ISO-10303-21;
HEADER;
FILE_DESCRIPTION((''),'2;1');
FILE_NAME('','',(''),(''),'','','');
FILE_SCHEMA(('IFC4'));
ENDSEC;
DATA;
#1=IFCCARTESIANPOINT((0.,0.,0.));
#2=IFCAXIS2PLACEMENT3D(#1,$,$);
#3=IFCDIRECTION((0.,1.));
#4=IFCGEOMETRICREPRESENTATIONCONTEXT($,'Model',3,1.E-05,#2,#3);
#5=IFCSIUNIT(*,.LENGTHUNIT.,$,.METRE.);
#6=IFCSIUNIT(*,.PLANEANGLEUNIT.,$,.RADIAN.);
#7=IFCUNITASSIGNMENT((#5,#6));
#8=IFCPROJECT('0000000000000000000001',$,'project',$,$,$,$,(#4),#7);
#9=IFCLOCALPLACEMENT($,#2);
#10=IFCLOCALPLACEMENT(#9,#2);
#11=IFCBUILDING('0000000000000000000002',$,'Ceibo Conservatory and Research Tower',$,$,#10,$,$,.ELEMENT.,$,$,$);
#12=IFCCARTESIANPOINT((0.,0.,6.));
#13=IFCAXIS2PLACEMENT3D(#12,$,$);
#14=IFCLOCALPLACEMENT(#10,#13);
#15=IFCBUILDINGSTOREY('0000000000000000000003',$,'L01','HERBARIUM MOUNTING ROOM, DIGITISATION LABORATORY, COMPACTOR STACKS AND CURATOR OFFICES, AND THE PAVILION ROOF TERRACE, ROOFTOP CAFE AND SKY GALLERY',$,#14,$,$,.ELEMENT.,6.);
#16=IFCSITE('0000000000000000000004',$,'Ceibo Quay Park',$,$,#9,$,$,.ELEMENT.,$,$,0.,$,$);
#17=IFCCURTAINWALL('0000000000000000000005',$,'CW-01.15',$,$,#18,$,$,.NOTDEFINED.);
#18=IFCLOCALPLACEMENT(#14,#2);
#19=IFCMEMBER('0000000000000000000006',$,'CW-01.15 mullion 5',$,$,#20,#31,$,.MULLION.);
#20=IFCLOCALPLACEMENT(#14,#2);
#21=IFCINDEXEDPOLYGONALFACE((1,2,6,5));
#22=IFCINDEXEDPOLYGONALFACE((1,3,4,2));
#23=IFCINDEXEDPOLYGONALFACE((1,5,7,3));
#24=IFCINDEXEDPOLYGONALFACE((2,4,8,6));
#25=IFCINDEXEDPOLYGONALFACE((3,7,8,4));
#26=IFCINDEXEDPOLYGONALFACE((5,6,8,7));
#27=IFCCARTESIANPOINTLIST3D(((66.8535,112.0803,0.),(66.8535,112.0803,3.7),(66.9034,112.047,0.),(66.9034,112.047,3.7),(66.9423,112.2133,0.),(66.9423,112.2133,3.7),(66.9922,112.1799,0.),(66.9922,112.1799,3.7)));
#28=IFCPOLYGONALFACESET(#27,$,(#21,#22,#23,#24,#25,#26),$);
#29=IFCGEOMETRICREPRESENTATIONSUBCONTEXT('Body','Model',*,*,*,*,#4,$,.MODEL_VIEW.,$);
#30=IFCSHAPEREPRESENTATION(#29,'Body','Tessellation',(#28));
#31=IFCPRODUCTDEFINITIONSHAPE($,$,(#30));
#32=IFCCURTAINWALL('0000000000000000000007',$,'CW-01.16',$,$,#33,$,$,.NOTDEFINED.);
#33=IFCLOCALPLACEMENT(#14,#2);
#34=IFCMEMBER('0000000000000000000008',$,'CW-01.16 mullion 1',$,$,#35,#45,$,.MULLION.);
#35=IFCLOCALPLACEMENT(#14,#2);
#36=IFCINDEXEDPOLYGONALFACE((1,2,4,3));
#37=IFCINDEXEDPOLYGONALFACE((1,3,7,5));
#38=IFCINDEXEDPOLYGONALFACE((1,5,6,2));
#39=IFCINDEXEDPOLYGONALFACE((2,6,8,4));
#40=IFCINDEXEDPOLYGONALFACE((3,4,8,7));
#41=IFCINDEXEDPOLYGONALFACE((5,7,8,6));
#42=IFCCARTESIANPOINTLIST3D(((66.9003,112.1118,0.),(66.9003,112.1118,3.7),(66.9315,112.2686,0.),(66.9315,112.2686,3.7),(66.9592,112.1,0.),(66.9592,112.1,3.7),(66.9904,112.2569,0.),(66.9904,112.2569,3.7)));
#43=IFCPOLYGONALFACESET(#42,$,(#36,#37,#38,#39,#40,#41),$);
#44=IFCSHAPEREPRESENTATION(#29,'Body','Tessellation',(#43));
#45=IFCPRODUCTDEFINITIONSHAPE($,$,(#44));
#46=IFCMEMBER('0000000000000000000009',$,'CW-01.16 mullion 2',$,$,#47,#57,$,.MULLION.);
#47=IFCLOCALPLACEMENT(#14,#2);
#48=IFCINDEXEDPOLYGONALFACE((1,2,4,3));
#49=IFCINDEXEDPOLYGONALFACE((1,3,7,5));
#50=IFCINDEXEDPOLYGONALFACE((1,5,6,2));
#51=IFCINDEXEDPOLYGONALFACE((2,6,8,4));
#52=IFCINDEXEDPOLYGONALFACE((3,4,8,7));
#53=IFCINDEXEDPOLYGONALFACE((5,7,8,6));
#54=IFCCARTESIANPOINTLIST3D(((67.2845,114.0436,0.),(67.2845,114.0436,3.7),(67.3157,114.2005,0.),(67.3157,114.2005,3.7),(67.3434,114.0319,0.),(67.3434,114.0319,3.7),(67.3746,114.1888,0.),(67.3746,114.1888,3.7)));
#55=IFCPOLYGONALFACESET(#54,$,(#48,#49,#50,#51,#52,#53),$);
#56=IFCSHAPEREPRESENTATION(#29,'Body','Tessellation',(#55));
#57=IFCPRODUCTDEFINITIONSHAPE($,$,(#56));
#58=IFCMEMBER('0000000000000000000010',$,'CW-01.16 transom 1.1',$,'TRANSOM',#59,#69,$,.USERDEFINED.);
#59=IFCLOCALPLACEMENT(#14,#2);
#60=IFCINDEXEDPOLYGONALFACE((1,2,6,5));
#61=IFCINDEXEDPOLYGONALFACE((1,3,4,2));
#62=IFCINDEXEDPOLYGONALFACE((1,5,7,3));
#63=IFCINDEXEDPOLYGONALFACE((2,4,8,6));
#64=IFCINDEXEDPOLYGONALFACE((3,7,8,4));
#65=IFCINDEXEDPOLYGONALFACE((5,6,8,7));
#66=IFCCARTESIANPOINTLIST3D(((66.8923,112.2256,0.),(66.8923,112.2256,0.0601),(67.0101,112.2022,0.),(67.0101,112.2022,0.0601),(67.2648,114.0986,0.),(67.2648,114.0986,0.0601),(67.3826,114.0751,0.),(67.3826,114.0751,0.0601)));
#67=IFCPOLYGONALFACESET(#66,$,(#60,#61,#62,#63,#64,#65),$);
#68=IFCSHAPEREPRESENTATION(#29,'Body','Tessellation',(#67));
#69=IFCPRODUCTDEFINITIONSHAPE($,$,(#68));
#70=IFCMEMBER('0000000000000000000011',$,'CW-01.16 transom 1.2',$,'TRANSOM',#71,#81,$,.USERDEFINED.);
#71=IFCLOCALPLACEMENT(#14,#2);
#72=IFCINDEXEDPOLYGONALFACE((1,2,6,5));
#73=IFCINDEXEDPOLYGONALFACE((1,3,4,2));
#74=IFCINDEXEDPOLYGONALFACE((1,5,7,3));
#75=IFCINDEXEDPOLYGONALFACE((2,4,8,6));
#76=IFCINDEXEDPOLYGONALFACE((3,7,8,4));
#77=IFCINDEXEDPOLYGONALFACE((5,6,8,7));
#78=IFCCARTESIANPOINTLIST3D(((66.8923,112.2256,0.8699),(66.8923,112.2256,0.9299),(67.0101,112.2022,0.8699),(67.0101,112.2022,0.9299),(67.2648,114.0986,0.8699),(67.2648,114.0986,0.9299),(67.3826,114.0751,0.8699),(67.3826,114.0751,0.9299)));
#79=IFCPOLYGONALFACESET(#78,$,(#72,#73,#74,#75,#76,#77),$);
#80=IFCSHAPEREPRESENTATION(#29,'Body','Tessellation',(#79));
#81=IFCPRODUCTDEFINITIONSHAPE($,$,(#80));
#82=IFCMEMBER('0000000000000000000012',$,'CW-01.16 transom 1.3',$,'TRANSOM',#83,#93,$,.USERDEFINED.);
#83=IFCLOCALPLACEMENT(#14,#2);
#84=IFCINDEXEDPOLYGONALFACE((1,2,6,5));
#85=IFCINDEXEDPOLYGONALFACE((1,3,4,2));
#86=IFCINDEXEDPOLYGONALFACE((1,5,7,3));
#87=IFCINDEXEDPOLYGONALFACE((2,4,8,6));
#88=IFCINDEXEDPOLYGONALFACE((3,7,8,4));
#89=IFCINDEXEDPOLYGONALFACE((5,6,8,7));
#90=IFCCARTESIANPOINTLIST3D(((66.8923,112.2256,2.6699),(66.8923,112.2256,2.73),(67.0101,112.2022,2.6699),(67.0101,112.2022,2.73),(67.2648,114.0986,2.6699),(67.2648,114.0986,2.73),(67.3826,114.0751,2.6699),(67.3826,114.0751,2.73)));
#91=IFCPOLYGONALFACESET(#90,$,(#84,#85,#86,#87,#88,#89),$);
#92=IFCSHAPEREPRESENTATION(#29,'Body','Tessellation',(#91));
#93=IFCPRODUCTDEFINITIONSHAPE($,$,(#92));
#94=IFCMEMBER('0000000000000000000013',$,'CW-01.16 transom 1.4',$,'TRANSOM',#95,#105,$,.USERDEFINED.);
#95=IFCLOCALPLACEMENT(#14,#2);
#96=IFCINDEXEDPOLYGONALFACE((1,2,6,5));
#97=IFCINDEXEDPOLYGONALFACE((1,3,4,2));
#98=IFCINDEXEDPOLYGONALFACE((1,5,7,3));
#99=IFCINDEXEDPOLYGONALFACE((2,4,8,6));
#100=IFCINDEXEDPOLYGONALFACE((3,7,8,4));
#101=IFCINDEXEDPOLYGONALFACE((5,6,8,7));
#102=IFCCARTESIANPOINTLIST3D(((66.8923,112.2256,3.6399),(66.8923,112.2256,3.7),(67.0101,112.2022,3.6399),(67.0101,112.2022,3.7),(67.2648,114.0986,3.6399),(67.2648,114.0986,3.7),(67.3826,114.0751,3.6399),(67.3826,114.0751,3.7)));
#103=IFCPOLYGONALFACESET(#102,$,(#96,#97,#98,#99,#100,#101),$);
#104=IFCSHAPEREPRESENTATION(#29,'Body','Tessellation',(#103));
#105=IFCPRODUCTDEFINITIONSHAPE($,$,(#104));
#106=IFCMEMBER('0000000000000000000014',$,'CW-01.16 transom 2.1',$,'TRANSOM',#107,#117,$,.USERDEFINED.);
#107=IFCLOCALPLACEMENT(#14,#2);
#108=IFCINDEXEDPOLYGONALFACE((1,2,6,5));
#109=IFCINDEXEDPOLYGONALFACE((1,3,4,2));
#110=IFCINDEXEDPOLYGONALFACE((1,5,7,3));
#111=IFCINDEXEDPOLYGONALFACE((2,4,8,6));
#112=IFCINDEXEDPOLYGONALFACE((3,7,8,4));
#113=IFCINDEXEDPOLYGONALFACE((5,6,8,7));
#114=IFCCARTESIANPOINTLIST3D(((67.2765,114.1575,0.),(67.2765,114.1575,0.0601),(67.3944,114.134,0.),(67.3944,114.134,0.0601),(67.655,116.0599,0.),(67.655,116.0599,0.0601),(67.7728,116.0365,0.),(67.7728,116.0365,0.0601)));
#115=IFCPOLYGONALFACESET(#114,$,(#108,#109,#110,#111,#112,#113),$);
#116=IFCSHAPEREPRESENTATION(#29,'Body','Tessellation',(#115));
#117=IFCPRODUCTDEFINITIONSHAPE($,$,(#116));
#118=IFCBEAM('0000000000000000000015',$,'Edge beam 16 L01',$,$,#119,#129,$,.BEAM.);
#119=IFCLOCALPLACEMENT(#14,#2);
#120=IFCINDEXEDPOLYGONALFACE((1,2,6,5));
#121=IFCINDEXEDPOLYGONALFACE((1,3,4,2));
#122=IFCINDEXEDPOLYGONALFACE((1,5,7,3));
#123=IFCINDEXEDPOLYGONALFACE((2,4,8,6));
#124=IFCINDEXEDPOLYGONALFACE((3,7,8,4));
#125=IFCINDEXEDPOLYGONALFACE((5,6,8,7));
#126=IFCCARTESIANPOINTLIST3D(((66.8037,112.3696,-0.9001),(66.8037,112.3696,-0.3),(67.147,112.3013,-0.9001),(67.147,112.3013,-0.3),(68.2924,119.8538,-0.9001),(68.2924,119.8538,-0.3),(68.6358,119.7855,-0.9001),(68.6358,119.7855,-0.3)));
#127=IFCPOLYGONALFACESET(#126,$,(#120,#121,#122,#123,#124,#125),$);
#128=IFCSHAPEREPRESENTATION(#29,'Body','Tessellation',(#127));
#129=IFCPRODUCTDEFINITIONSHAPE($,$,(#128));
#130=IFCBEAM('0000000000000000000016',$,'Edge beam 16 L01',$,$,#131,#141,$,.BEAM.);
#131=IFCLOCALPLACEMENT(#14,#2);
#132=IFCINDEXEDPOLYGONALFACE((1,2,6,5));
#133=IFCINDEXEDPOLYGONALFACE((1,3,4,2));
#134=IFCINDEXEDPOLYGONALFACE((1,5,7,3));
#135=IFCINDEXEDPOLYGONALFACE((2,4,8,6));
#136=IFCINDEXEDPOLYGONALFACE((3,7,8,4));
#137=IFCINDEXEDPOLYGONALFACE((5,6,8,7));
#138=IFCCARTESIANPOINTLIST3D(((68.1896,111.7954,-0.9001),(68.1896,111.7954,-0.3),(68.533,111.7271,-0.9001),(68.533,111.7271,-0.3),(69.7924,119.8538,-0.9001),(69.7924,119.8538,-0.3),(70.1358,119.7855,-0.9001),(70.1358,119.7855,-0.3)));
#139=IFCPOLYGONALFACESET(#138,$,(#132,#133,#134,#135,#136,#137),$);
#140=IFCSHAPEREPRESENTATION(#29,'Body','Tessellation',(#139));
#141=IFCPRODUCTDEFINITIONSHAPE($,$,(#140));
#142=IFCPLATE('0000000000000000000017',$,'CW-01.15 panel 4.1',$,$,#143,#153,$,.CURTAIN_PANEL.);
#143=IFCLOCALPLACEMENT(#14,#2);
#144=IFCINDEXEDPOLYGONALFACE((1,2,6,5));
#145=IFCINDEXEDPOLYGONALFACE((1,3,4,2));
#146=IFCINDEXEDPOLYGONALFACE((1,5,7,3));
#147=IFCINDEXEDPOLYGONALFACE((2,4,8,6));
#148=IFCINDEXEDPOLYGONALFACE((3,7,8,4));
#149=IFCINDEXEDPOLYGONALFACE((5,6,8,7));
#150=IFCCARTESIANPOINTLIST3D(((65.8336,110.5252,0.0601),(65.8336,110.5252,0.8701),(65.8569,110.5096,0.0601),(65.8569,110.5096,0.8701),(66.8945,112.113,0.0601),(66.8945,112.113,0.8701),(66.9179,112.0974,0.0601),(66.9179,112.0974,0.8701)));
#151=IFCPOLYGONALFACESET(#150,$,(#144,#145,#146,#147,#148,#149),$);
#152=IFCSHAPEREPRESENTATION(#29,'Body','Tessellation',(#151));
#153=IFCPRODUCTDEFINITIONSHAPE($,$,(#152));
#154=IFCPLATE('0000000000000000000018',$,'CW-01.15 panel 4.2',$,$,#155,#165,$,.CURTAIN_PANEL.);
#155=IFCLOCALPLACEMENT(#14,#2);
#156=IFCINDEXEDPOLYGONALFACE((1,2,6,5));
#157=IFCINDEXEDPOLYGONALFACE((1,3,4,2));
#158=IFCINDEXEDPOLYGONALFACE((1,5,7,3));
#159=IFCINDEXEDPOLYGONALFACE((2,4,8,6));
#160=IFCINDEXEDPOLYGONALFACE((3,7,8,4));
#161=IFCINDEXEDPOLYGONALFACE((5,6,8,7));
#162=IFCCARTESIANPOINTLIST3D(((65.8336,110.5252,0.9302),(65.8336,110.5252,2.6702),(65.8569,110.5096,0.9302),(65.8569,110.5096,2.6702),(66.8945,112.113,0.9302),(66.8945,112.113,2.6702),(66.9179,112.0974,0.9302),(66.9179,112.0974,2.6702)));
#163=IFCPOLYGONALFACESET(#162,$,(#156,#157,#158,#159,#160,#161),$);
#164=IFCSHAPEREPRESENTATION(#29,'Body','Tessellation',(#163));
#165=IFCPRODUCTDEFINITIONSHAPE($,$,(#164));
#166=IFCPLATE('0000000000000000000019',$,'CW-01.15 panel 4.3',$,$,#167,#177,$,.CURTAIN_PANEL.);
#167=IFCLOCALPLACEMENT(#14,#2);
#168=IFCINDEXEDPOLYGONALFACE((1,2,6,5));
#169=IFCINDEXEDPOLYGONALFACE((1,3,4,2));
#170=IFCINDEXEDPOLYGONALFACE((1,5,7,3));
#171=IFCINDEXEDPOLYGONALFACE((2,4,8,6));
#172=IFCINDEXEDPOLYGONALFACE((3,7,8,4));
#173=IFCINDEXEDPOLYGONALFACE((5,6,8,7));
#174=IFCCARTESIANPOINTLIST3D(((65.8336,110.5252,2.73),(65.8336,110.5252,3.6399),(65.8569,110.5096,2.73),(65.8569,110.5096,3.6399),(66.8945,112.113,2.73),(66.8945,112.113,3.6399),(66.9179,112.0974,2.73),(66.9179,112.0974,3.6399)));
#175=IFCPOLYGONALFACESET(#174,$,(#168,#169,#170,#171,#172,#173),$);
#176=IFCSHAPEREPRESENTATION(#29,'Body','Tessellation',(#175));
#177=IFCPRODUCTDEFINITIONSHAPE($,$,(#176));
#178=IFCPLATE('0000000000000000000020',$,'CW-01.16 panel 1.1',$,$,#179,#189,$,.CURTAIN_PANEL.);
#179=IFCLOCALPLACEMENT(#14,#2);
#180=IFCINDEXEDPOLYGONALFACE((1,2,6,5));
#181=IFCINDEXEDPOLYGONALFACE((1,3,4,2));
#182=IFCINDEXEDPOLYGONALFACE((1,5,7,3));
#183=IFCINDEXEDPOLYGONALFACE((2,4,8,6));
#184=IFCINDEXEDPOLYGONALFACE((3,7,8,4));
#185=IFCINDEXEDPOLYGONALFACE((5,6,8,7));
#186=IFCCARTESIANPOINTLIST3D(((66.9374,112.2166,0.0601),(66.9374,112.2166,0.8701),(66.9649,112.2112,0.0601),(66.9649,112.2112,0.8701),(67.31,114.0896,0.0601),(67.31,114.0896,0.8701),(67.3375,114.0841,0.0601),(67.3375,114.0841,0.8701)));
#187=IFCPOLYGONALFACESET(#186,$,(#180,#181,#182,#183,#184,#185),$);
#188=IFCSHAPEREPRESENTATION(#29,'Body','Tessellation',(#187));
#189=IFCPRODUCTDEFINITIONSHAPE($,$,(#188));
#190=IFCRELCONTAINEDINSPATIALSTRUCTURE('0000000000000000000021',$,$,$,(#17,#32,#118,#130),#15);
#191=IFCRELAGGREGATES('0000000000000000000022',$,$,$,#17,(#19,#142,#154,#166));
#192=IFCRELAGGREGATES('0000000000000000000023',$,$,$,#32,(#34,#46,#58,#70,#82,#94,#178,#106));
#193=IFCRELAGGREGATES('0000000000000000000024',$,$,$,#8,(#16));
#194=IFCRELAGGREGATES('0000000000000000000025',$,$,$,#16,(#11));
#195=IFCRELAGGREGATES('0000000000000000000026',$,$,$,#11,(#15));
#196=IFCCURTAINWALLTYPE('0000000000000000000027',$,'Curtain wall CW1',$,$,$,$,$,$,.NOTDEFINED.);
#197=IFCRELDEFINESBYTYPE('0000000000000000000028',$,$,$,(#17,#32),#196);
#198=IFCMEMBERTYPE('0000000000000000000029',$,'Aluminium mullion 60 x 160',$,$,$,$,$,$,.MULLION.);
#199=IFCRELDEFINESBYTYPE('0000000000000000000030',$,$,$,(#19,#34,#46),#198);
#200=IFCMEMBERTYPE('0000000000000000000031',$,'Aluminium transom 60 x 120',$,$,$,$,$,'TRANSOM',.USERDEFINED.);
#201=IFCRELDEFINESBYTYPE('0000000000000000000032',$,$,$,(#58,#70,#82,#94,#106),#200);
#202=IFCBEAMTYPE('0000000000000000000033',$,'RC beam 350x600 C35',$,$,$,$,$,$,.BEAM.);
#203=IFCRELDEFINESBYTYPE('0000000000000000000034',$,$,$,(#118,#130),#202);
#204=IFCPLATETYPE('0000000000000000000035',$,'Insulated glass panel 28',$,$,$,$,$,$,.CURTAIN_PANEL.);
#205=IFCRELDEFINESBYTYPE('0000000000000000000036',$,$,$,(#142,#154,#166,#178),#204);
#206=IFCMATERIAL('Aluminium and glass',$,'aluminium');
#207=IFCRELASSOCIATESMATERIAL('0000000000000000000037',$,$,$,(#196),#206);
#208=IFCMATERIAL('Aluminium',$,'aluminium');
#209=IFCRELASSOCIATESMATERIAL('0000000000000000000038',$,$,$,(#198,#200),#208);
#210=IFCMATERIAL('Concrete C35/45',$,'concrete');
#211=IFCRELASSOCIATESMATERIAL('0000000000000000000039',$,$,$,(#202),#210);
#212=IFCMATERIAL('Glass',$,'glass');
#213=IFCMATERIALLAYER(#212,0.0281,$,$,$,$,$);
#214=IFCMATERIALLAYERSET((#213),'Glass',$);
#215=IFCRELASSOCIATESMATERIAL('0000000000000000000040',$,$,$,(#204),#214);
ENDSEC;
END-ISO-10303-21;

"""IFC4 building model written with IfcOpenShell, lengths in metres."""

from ifc_helpers import new_model, si_unit, direction, frame, origin, origin_2d, place, context, subcontext, project, spatial, rectangle, extrude, material, layer, layer_set, material_profile, profile_set, type_object, element, aggregate, save


model = new_model("IFC4")

# Units and contexts
model_context = context("Model", 3, precision=1e-05, world=origin(), true_north=direction((0.0, 1.0)))
body_context = subcontext(model_context, "Body", "Model", "MODEL_VIEW")
ifc_project = project(units=[si_unit("LENGTHUNIT", "METRE"), si_unit("PLANEANGLEUNIT", "RADIAN")], contexts=[model_context])

# Site, building, storey
site_placement = place(None, origin())
site = spatial("IfcSite", under=ifc_project, at=site_placement, Name="Ceibo Quay Park", CompositionType="ELEMENT", RefElevation=0.0)
building_placement = place(site_placement, origin())
building = spatial("IfcBuilding", under=site, at=building_placement, Name="Ceibo Conservatory and Research Tower", CompositionType="ELEMENT")
storey_placement = place(building_placement, frame((0.0, 0.0, 6.0)))
storey = spatial("IfcBuildingStorey", under=building, at=storey_placement, Name="L01", Description="HERBARIUM MOUNTING ROOM, DIGITISATION LABORATORY, COMPACTOR STACKS AND CURATOR OFFICES, AND THE PAVILION ROOF TERRACE, ROOFTOP CAFE AND SKY GALLERY", CompositionType="ELEMENT", Elevation=6.0)

# Curtain wall, member
ifc_material_1 = material(Name="Aluminium and glass", Category="aluminium")
curtain_wall_type = type_object("IfcCurtainWallType", Name="Curtain wall CW1", PredefinedType="NOTDEFINED", material=ifc_material_1)
curtain_wall_1_placement = place(storey_placement, origin())
curtain_wall_1 = element("IfcCurtainWall", 1, at=curtain_wall_1_placement, inside=storey, type_object=curtain_wall_type, Name="CW-01.15", PredefinedType="NOTDEFINED")
ifc_material_2 = material(Name="Aluminium", Category="aluminium")
ifc_material_profile_1 = material_profile(ifc_material_2, rectangle(XDim=0.0601, YDim=0.1599, at=origin_2d()), Name="Aluminium 60 x 160")
ifc_profile_set_1 = profile_set([ifc_material_profile_1], Name="Aluminium")
member_type_1 = type_object("IfcMemberType", Name="Aluminium mullion 60 x 160", PredefinedType="MULLION", material=ifc_profile_set_1)
member_1_placement = place(storey_placement, frame((66.9229, 112.1301, 0.0), z_axis=(0.0, 0.0, 1.0), x_axis=(-0.83147, 0.55557, 0.0)))
member_1 = element("IfcMember", 2, at=member_1_placement, type_object=member_type_1, Name="CW-01.15 mullion 5", PredefinedType="MULLION", context=body_context, shape_type="SweptSolid", body=[
    extrude(rectangle(XDim=0.0601, YDim=0.1599, at=origin_2d()), origin(), (0.0, 0.0, 1.0), 3.7),
])

# Curtain wall, members
curtain_wall_2_placement = place(storey_placement, origin())
curtain_wall_2 = element("IfcCurtainWall", 3, at=curtain_wall_2_placement, inside=storey, type_object=curtain_wall_type, Name="CW-01.16", PredefinedType="NOTDEFINED")
member_2_placement = place(storey_placement, frame((66.9453, 112.1843, 0.0), z_axis=(0.0, 0.0, 1.0), x_axis=(-0.980785, 0.19509, 0.0)))
member_2 = element("IfcMember", 4, at=member_2_placement, type_object=member_type_1, Name="CW-01.16 mullion 1", PredefinedType="MULLION", context=body_context, shape_type="SweptSolid", body=[
    extrude(rectangle(XDim=0.0601, YDim=0.1599, at=origin_2d()), origin(), (0.0, 0.0, 1.0), 3.7),
])
member_3_placement = place(storey_placement, frame((67.3296, 114.1162, 0.0), z_axis=(0.0, 0.0, 1.0), x_axis=(-0.980785, 0.19509, 0.0)))
member_3 = element("IfcMember", 5, at=member_3_placement, type_object=member_type_1, Name="CW-01.16 mullion 2", PredefinedType="MULLION", context=body_context, shape_type="SweptSolid", body=[
    extrude(rectangle(XDim=0.0601, YDim=0.1599, at=origin_2d()), origin(), (0.0, 0.0, 1.0), 3.7),
])
ifc_material_profile_2 = material_profile(ifc_material_2, rectangle(XDim=0.1201, YDim=0.0601, at=origin_2d()), Name="Aluminium 60 x 120")
ifc_profile_set_2 = profile_set([ifc_material_profile_2], Name="Aluminium")
member_type_2 = type_object("IfcMemberType", Name="Aluminium transom 60 x 120", ElementType="TRANSOM", PredefinedType="USERDEFINED", material=ifc_profile_set_2)
member_4_placement = place(storey_placement, frame((66.9512, 112.2139, 0.03), z_axis=(0.195083, 0.980787, 0.0), x_axis=(-0.980787, 0.195083, 0.0)))
member_4 = element("IfcMember", 6, at=member_4_placement, type_object=member_type_2, Name="CW-01.16 transom 1.1", ObjectType="TRANSOM", PredefinedType="USERDEFINED", context=body_context, shape_type="SweptSolid", body=[
    extrude(rectangle(XDim=0.1201, YDim=0.0601, at=origin_2d()), origin(), (0.0, 0.0, 1.0), 1.9097),
])
member_5_placement = place(storey_placement, frame((66.9512, 112.2139, 0.8999), z_axis=(0.195083, 0.980787, 0.0), x_axis=(-0.980787, 0.195083, 0.0)))
member_5 = element("IfcMember", 7, at=member_5_placement, type_object=member_type_2, Name="CW-01.16 transom 1.2", ObjectType="TRANSOM", PredefinedType="USERDEFINED", context=body_context, shape_type="SweptSolid", body=[
    extrude(rectangle(XDim=0.1201, YDim=0.0601, at=origin_2d()), origin(), (0.0, 0.0, 1.0), 1.9097),
])
member_6_placement = place(storey_placement, frame((66.9512, 112.2139, 2.7), z_axis=(0.195083, 0.980787, 0.0), x_axis=(-0.980787, 0.195083, 0.0)))
member_6 = element("IfcMember", 8, at=member_6_placement, type_object=member_type_2, Name="CW-01.16 transom 1.3", ObjectType="TRANSOM", PredefinedType="USERDEFINED", context=body_context, shape_type="SweptSolid", body=[
    extrude(rectangle(XDim=0.1201, YDim=0.0601, at=origin_2d()), origin(), (0.0, 0.0, 1.0), 1.9097),
])
member_7_placement = place(storey_placement, frame((66.9512, 112.2139, 3.6699), z_axis=(0.195083, 0.980787, 0.0), x_axis=(-0.980787, 0.195083, 0.0)))
member_7 = element("IfcMember", 9, at=member_7_placement, type_object=member_type_2, Name="CW-01.16 transom 1.4", ObjectType="TRANSOM", PredefinedType="USERDEFINED", context=body_context, shape_type="SweptSolid", body=[
    extrude(rectangle(XDim=0.1201, YDim=0.0601, at=origin_2d()), origin(), (0.0, 0.0, 1.0), 1.9097),
])
member_8_placement = place(storey_placement, frame((67.3354, 114.1458, 0.03), z_axis=(0.195099, 0.980783, 0.0), x_axis=(-0.980783, 0.195099, 0.0)))
member_8 = element("IfcMember", 10, at=member_8_placement, type_object=member_type_2, Name="CW-01.16 transom 2.1", ObjectType="TRANSOM", PredefinedType="USERDEFINED", context=body_context, shape_type="SweptSolid", body=[
    extrude(rectangle(XDim=0.1201, YDim=0.0601, at=origin_2d()), origin(), (0.0, 0.0, 1.0), 1.9397),
])

# Beams
ifc_material_3 = material(Name="Concrete C35/45", Category="concrete")
ifc_material_profile_3 = material_profile(ifc_material_3, rectangle(XDim=0.3501, YDim=0.6001, at=origin_2d()), Name="RC 350x600")
ifc_profile_set_3 = profile_set([ifc_material_profile_3], Name="Concrete C35/45")
beam_type = type_object("IfcBeamType", Name="RC beam 350x600 C35", PredefinedType="BEAM", material=ifc_profile_set_3)
beam_1_placement = place(storey_placement, frame((66.9753, 112.3354, -0.6001), z_axis=(0.195101, 0.980783, 0.0), x_axis=(-0.980783, 0.195101, 0.0)))
element("IfcBeam", 11, at=beam_1_placement, inside=storey, type_object=beam_type, Name="Edge beam 16 L01", PredefinedType="BEAM", context=body_context, shape_type="SweptSolid", body=[
    extrude(rectangle(XDim=0.3501, YDim=0.6001, at=origin_2d()), origin(), (0.0, 0.0, 1.0), 7.6309),
])
beam_2_placement = place(storey_placement, frame((68.3613, 111.7612, -0.6001), z_axis=(0.195076, 0.980788, 0.0), x_axis=(-0.980788, 0.195076, 0.0)))
element("IfcBeam", 12, at=beam_2_placement, inside=storey, type_object=beam_type, Name="Edge beam 16 L01", PredefinedType="BEAM", context=body_context, shape_type="SweptSolid", body=[
    extrude(rectangle(XDim=0.3501, YDim=0.6001, at=origin_2d()), origin(), (0.0, 0.0, 1.0), 8.2163),
])

# Plates
ifc_material_4 = material(Name="Glass", Category="glass")
ifc_layer_1 = layer(ifc_material_4, 0.0281)
ifc_layer_set_1 = layer_set([ifc_layer_1], Name="Glass")
plate_type = type_object("IfcPlateType", Name="Insulated glass panel 28", PredefinedType="CURTAIN_PANEL", material=ifc_layer_set_1)
plate_1_placement = place(storey_placement, frame((66.3757, 111.3113, 0.0601), z_axis=(0.0, 0.0, 1.0), x_axis=(0.55557, 0.83147, 0.0)))
plate_1 = element("IfcPlate", 13, at=plate_1_placement, type_object=plate_type, Name="CW-01.15 panel 4.1", PredefinedType="CURTAIN_PANEL", context=body_context, shape_type="SweptSolid", body=[
    extrude(rectangle(XDim=1.9097, YDim=0.0281, at=origin_2d()), origin(), (0.0, 0.0, 1.0), 0.8101),
])
plate_2_placement = place(storey_placement, frame((66.3757, 111.3113, 0.9302), z_axis=(0.0, 0.0, 1.0), x_axis=(0.55557, 0.83147, 0.0)))
plate_2 = element("IfcPlate", 14, at=plate_2_placement, type_object=plate_type, Name="CW-01.15 panel 4.2", PredefinedType="CURTAIN_PANEL", context=body_context, shape_type="SweptSolid", body=[
    extrude(rectangle(XDim=1.9097, YDim=0.0281, at=origin_2d()), origin(), (0.0, 0.0, 1.0), 1.74),
])
plate_3_placement = place(storey_placement, frame((66.3757, 111.3113, 2.73), z_axis=(0.0, 0.0, 1.0), x_axis=(0.55557, 0.83147, 0.0)))
plate_3 = element("IfcPlate", 15, at=plate_3_placement, type_object=plate_type, Name="CW-01.15 panel 4.3", PredefinedType="CURTAIN_PANEL", context=body_context, shape_type="SweptSolid", body=[
    extrude(rectangle(XDim=1.9097, YDim=0.0281, at=origin_2d()), origin(), (0.0, 0.0, 1.0), 0.9099),
])
aggregate(curtain_wall_1, [member_1, plate_1, plate_2, plate_3])
plate_4_placement = place(storey_placement, frame((67.1375, 113.1504, 0.0601), z_axis=(0.0, 0.0, 1.0), x_axis=(0.19509, 0.980785, 0.0)))
plate_4 = element("IfcPlate", 16, at=plate_4_placement, type_object=plate_type, Name="CW-01.16 panel 1.1", PredefinedType="CURTAIN_PANEL", context=body_context, shape_type="SweptSolid", body=[
    extrude(rectangle(XDim=1.9097, YDim=0.0281, at=origin_2d()), origin(), (0.0, 0.0, 1.0), 0.8101),
])
aggregate(curtain_wall_2, [member_2, member_3, member_4, member_5, member_6, member_7, plate_4, member_8])

save(model, "model.ifc")
